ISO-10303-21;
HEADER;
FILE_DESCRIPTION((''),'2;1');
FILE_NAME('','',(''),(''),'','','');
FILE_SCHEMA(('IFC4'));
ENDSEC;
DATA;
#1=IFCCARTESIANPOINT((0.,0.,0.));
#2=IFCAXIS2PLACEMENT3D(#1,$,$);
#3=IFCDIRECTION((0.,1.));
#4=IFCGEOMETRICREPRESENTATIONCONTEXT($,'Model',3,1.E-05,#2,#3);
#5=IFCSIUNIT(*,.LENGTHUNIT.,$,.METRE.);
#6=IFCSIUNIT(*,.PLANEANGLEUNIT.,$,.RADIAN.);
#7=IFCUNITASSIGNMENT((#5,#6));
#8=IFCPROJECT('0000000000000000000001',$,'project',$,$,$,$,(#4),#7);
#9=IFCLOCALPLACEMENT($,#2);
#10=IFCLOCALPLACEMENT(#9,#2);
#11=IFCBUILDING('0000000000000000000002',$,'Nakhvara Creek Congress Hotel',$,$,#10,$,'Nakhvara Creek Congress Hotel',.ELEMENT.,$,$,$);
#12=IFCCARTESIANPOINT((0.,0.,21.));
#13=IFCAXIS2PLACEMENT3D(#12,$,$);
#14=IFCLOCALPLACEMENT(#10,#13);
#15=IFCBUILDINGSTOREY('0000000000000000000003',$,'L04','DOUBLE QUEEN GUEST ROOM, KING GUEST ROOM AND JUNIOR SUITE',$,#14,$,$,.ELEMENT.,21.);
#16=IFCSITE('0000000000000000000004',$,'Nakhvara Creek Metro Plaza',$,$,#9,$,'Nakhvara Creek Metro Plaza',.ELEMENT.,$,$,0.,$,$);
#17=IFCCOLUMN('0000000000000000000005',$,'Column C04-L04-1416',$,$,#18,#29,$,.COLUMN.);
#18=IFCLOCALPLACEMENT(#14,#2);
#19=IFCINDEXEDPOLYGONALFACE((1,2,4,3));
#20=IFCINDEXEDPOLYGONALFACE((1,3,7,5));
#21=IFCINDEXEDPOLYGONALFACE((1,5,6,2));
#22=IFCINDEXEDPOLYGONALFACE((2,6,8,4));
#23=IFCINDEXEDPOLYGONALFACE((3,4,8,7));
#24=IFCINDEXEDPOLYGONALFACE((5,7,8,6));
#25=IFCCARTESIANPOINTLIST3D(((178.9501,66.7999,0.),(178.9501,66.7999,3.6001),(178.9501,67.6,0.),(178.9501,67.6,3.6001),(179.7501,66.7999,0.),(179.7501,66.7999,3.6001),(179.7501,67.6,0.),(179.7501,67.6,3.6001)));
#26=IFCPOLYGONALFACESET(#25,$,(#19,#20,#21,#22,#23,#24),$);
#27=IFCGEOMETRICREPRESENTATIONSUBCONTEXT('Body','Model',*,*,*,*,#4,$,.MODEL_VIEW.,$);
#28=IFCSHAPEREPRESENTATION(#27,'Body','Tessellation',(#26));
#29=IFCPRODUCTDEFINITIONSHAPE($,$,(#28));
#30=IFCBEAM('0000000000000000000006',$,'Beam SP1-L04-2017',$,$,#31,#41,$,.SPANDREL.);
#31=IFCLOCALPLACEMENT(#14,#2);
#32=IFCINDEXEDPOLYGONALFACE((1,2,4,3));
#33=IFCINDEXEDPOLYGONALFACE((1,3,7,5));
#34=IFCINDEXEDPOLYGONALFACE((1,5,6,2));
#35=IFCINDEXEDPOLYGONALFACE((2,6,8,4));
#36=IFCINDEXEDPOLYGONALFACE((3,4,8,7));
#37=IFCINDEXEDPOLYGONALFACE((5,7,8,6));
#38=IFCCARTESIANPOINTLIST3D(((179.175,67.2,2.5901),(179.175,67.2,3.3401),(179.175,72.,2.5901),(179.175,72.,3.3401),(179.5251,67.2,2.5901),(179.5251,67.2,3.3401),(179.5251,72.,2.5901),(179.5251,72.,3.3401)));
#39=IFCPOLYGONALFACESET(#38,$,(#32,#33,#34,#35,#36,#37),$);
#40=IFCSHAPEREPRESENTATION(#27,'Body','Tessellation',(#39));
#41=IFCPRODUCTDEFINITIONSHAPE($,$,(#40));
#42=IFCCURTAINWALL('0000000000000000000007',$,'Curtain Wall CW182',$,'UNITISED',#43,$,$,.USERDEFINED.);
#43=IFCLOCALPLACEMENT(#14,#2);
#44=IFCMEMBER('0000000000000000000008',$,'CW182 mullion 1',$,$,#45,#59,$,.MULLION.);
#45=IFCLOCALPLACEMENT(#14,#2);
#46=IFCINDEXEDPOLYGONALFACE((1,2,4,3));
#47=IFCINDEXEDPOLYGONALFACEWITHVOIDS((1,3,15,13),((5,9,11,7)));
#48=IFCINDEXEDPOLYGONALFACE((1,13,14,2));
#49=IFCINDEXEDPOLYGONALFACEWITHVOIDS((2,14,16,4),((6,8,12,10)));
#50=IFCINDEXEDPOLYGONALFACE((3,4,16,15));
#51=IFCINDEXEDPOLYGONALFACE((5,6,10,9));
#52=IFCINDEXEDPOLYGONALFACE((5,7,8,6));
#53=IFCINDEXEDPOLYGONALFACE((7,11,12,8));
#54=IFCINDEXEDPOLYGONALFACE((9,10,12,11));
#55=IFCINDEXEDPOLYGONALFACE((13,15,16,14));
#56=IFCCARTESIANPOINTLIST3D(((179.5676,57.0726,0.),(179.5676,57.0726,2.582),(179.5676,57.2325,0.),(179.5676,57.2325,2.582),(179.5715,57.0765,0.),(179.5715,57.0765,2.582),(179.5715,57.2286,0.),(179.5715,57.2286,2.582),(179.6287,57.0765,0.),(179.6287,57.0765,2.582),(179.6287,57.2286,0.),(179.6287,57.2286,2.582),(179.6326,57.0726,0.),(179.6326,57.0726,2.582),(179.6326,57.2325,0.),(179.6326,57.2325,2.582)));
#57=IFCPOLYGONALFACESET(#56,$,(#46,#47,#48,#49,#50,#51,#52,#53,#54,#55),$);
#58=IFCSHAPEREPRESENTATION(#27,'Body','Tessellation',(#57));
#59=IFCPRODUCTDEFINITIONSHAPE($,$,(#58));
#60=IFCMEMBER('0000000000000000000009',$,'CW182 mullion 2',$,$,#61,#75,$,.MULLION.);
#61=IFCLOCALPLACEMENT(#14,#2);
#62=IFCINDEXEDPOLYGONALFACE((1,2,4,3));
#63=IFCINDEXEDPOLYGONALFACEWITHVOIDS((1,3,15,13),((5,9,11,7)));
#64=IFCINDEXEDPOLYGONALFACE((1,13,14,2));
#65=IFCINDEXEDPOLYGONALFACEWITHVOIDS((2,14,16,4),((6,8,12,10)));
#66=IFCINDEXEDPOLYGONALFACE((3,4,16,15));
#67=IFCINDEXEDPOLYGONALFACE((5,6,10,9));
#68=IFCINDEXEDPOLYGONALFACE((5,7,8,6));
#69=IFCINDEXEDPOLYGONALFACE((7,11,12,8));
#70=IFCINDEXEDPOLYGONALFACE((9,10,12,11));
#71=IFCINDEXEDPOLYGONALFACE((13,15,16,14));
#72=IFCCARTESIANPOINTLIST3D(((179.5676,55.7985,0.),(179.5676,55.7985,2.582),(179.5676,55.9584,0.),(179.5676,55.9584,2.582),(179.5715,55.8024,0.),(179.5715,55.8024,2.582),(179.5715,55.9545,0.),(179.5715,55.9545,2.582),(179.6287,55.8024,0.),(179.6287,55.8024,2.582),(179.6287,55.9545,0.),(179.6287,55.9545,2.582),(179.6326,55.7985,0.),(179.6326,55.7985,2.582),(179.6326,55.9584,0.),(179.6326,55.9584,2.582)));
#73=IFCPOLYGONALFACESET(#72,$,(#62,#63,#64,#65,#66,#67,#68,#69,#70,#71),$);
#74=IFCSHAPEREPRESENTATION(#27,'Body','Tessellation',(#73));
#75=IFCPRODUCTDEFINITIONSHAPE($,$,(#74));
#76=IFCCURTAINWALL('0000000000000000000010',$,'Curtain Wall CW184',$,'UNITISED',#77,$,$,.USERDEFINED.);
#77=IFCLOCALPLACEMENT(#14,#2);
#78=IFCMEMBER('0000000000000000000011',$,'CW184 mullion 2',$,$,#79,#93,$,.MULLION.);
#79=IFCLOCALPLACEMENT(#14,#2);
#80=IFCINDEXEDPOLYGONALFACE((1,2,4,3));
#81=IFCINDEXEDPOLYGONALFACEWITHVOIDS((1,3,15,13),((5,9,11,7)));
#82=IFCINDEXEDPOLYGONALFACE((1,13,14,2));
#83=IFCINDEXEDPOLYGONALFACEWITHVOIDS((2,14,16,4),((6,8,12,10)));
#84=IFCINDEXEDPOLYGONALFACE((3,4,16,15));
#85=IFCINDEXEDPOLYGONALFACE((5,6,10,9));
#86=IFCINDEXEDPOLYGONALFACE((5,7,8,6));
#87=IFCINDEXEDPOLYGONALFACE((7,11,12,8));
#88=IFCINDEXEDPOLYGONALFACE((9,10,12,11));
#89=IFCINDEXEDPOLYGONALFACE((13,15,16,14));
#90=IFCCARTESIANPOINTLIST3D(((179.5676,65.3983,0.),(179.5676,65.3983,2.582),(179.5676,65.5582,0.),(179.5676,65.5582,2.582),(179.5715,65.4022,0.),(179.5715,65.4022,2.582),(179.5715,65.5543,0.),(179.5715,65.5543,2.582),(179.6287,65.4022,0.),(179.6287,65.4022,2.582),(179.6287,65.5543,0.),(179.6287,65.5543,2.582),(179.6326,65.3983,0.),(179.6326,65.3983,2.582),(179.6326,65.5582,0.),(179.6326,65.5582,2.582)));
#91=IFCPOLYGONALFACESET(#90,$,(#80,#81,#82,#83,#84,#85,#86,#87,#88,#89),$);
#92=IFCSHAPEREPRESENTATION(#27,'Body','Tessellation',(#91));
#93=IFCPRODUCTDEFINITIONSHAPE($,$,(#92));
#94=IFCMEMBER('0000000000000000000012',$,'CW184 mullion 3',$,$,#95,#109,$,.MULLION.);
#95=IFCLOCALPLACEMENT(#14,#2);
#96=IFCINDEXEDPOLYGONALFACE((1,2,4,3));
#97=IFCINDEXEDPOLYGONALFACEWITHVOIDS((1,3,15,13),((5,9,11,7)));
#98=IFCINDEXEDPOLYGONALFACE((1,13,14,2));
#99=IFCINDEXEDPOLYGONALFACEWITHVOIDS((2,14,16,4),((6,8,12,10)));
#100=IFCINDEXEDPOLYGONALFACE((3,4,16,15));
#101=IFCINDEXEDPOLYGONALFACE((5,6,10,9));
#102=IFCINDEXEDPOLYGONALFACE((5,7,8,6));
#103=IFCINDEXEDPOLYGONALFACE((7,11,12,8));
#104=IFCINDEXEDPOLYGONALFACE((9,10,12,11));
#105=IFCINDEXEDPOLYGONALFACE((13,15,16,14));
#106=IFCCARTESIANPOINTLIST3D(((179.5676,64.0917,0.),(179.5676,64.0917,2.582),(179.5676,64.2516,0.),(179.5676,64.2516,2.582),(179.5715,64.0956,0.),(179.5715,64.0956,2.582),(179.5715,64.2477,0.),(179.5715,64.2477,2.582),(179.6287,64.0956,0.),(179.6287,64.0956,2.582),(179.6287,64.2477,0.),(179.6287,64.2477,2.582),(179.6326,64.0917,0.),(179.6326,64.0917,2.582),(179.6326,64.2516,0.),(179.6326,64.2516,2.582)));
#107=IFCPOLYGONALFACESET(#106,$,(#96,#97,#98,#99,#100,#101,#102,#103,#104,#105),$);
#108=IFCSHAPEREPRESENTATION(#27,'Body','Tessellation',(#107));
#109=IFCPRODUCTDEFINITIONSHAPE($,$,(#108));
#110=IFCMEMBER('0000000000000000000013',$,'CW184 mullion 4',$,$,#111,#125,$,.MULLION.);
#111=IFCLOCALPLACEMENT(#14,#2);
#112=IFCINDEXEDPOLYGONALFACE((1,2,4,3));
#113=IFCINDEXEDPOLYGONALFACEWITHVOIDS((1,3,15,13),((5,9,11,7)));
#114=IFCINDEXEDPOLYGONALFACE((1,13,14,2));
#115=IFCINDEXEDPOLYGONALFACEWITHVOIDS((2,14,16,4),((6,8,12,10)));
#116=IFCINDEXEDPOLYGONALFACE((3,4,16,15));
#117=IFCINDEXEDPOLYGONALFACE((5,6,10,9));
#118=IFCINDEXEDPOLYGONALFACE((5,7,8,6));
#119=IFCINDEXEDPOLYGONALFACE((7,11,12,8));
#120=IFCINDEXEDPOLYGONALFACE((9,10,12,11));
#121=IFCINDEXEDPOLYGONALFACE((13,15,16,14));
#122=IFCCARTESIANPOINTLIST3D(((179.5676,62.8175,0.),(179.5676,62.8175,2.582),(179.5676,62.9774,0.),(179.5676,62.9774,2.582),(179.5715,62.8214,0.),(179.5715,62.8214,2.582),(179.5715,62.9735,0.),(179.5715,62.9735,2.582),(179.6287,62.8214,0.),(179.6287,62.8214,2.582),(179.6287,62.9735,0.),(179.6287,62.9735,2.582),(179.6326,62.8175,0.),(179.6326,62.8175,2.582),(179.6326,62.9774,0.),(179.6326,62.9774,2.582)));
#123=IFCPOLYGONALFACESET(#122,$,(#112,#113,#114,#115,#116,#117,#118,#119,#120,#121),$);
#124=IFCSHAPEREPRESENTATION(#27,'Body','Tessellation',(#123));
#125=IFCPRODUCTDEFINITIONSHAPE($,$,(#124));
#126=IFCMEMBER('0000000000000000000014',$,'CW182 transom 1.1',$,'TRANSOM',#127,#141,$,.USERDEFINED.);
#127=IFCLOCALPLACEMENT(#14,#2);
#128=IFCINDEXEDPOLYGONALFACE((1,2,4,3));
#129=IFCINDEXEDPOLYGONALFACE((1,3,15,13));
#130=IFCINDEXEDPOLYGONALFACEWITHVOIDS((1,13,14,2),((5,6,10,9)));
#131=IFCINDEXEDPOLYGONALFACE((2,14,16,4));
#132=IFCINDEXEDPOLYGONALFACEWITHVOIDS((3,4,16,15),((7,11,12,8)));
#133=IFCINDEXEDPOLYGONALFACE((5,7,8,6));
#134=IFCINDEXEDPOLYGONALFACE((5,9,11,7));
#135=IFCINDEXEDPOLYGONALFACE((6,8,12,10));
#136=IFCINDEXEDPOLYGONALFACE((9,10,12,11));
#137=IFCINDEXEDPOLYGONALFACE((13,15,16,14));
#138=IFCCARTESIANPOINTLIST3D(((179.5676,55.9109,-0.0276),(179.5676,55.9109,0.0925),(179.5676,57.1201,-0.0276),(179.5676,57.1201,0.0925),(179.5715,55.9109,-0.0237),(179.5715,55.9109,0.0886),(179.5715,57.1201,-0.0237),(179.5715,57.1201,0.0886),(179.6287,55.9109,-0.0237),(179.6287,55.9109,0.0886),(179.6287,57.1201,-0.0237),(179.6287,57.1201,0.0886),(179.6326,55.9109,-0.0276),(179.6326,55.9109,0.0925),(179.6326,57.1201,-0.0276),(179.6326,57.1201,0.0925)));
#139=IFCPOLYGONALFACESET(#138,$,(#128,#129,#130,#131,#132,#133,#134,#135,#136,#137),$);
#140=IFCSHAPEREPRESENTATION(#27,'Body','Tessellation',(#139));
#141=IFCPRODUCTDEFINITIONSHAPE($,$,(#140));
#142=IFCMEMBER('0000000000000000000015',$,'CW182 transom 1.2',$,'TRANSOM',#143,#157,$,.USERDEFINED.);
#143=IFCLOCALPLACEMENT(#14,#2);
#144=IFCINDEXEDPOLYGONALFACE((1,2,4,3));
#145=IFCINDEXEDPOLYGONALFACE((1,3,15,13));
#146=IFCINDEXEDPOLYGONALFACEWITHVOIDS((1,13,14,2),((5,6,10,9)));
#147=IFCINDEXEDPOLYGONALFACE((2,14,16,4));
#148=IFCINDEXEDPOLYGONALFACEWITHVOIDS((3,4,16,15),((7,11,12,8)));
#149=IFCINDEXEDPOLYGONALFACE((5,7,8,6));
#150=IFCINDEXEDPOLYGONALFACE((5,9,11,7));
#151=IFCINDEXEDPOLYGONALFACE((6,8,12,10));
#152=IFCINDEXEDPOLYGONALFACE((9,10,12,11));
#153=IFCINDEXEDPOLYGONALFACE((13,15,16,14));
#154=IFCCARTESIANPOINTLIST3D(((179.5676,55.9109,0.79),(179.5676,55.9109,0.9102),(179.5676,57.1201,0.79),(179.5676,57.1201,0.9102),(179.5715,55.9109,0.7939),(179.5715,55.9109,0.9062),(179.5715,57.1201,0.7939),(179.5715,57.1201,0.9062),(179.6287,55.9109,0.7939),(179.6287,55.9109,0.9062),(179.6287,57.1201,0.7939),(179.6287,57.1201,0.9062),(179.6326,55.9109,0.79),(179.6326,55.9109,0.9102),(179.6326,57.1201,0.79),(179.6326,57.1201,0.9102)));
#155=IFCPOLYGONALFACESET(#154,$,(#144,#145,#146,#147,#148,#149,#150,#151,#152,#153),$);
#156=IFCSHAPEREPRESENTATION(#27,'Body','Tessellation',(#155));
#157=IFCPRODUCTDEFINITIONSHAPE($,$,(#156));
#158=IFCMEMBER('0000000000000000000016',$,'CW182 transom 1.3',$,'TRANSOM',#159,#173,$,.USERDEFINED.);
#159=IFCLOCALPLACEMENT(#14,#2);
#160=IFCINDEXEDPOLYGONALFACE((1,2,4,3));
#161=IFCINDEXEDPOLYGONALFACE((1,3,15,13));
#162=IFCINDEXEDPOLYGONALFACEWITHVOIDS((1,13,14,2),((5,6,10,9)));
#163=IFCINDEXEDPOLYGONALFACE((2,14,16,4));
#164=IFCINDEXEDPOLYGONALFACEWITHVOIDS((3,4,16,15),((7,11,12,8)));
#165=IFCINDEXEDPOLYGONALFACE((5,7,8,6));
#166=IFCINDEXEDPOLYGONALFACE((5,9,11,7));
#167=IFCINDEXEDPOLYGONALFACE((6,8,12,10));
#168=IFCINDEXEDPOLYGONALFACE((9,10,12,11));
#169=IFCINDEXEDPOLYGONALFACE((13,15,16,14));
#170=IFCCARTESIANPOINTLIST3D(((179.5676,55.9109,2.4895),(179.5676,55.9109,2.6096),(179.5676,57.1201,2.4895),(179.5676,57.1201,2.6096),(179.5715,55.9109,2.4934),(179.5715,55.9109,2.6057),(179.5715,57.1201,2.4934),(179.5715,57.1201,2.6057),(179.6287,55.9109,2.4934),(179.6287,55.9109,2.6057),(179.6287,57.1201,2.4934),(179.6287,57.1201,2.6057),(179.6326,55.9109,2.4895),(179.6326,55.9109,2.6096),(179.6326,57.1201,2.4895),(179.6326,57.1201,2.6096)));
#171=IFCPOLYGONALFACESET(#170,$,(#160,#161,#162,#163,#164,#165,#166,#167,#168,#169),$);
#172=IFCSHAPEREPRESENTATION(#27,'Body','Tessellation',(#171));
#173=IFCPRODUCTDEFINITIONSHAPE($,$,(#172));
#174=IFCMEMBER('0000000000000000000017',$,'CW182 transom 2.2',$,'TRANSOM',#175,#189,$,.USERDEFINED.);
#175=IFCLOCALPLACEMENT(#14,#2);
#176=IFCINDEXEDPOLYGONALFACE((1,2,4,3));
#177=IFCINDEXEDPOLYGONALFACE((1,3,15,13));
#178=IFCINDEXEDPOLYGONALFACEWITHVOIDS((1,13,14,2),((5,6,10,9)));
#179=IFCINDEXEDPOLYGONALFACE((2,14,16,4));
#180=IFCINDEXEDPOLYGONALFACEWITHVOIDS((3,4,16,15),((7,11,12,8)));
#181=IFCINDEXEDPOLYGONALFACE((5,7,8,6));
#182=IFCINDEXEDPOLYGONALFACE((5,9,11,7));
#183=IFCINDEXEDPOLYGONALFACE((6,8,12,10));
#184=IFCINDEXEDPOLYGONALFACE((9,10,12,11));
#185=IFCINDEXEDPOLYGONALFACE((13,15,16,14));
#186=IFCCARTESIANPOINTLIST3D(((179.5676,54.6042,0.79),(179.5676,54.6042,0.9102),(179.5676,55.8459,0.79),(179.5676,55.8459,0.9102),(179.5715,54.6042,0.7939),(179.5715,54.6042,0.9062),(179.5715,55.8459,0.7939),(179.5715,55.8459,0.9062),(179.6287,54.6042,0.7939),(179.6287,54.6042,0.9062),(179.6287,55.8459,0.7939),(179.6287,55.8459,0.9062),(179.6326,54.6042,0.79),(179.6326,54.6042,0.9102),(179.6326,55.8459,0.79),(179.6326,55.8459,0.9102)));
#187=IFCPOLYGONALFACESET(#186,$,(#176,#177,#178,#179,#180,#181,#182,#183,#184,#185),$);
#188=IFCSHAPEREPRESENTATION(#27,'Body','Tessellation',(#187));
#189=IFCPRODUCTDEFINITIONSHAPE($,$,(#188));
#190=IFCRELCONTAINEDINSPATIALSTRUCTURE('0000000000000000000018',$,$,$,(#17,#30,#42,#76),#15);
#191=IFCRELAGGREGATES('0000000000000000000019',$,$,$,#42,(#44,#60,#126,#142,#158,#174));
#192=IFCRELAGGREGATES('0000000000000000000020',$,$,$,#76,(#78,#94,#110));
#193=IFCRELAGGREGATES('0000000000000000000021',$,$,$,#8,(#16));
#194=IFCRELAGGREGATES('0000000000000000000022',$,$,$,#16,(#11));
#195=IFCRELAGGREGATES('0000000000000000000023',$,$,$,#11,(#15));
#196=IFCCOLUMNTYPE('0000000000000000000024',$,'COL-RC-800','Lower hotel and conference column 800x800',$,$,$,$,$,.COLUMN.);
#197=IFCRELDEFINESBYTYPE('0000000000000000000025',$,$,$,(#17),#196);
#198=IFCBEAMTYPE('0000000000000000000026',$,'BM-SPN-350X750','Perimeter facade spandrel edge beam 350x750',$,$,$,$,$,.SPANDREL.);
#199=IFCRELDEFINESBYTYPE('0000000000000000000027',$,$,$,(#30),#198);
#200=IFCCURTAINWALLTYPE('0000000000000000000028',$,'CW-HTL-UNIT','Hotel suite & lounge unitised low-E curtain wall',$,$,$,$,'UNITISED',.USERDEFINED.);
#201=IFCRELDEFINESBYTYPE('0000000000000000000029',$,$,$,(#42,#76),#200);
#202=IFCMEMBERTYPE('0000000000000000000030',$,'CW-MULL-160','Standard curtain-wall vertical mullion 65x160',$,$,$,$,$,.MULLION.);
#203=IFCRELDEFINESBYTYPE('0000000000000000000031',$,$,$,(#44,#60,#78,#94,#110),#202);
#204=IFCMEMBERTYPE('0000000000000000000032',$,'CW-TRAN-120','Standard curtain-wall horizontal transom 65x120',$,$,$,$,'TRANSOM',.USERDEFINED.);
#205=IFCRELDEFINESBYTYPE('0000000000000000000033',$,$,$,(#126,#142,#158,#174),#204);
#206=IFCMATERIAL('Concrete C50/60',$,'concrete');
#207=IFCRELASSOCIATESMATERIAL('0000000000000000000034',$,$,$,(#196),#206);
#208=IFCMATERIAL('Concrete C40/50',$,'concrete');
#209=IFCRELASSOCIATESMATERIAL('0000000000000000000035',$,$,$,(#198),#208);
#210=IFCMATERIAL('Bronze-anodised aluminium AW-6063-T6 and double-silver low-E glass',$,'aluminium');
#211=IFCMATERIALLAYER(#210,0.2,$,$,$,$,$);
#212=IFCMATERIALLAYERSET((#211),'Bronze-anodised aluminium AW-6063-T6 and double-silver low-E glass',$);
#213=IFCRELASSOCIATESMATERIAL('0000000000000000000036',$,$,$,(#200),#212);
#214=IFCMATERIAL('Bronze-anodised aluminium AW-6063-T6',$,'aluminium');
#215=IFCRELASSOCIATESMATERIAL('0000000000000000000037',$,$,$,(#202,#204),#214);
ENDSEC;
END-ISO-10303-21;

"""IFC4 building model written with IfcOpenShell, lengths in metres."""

from ifc_helpers import new_model, si_unit, direction, frame, origin, origin_2d, place, context, subcontext, project, spatial, rectangle, hollow_rectangle, extrude, material, layer, layer_set, material_profile, profile_set, type_object, element, aggregate, save


model = new_model("IFC4")

# Units and contexts
model_context = context("Model", 3, precision=1e-05, world=origin(), true_north=direction((0.0, 1.0)))
body_context = subcontext(model_context, "Body", "Model", "MODEL_VIEW")
ifc_project = project(units=[si_unit("LENGTHUNIT", "METRE"), si_unit("PLANEANGLEUNIT", "RADIAN")], contexts=[model_context])

# Site, building, storey
site_placement = place(None, origin())
site = spatial("IfcSite", under=ifc_project, at=site_placement, Name="Nakhvara Creek Metro Plaza", LongName="Nakhvara Creek Metro Plaza", CompositionType="ELEMENT", RefElevation=0.0)
building_placement = place(site_placement, origin())
building = spatial("IfcBuilding", under=site, at=building_placement, Name="Nakhvara Creek Congress Hotel", LongName="Nakhvara Creek Congress Hotel", CompositionType="ELEMENT")
storey_placement = place(building_placement, frame((0.0, 0.0, 21.0)))
storey = spatial("IfcBuildingStorey", under=building, at=storey_placement, Name="L04", Description="DOUBLE QUEEN GUEST ROOM, KING GUEST ROOM AND JUNIOR SUITE", CompositionType="ELEMENT", Elevation=21.0)

# Column
ifc_material_1 = material(Name="Concrete C50/60", Category="concrete")
ifc_material_profile_1 = material_profile(ifc_material_1, rectangle(XDim=0.8, YDim=0.8, at=origin_2d()), Name="RC-COL 800x800", Category="LoadBearing")
ifc_profile_set_1 = profile_set([ifc_material_profile_1], Name="Concrete C50/60")
column_type = type_object("IfcColumnType", Name="COL-RC-800", Description="Lower hotel and conference column 800x800", PredefinedType="COLUMN", material=ifc_profile_set_1)
column_placement = place(storey_placement, frame((179.3501, 67.2, 0.0), z_axis=(0.0, 0.0, 1.0), x_axis=(1.0, 0.0, 0.0)))
element("IfcColumn", 1, at=column_placement, inside=storey, type_object=column_type, Name="Column C04-L04-1416", PredefinedType="COLUMN", context=body_context, shape_type="SweptSolid", body=[
    extrude(rectangle(XDim=0.8, YDim=0.8, at=origin_2d()), origin(), (0.0, 0.0, 1.0), 3.6001),
])

# Beam
ifc_material_2 = material(Name="Concrete C40/50", Category="concrete")
ifc_material_profile_2 = material_profile(ifc_material_2, rectangle(XDim=0.3501, YDim=0.75, at=origin_2d()), Name="RC-SPANDREL 350x750", Category="LoadBearing")
ifc_profile_set_2 = profile_set([ifc_material_profile_2], Name="Concrete C40/50")
beam_type = type_object("IfcBeamType", Name="BM-SPN-350X750", Description="Perimeter facade spandrel edge beam 350x750", PredefinedType="SPANDREL", material=ifc_profile_set_2)
beam_placement = place(storey_placement, frame((179.3501, 67.2, 2.9651), z_axis=(0.0, 1.0, 0.0), x_axis=(-1.0, 0.0, 0.0)))
element("IfcBeam", 2, at=beam_placement, inside=storey, type_object=beam_type, Name="Beam SP1-L04-2017", PredefinedType="SPANDREL", context=body_context, shape_type="SweptSolid", body=[
    extrude(rectangle(XDim=0.3501, YDim=0.75, at=origin_2d()), origin(), (0.0, 0.0, 1.0), 4.8),
])

# Curtain walls, members
ifc_material_3 = material(Name="Bronze-anodised aluminium AW-6063-T6 and double-silver low-E glass", Category="aluminium")
ifc_layer_1 = layer(ifc_material_3, 0.2)
ifc_layer_set_1 = layer_set([ifc_layer_1], Name="Bronze-anodised aluminium AW-6063-T6 and double-silver low-E glass")
curtain_wall_type = type_object("IfcCurtainWallType", Name="CW-HTL-UNIT", Description="Hotel suite & lounge unitised low-E curtain wall", ElementType="UNITISED", PredefinedType="USERDEFINED", material=ifc_layer_set_1)
curtain_wall_1_placement = place(storey_placement, origin())
curtain_wall_1 = element("IfcCurtainWall", 3, at=curtain_wall_1_placement, inside=storey, type_object=curtain_wall_type, Name="Curtain Wall CW182", ObjectType="UNITISED", PredefinedType="USERDEFINED")
ifc_material_4 = material(Name="Bronze-anodised aluminium AW-6063-T6", Category="aluminium")
ifc_material_profile_3 = material_profile(ifc_material_4, hollow_rectangle(XDim=0.0649, YDim=0.1599, WallThickness=0.0039, at=origin_2d()), Name="ALU-MULL 65x160x4", Category="LoadBearing")
ifc_profile_set_3 = profile_set([ifc_material_profile_3], Name="Bronze-anodised aluminium AW-6063-T6")
member_type_1 = type_object("IfcMemberType", Name="CW-MULL-160", Description="Standard curtain-wall vertical mullion 65x160", PredefinedType="MULLION", material=ifc_profile_set_3)
member_1_placement = place(storey_placement, frame((179.6001, 57.1526, 0.0), z_axis=(0.0, 0.0, 1.0), x_axis=(1.0, 0.0, 0.0)))
member_1 = element("IfcMember", 4, at=member_1_placement, type_object=member_type_1, Name="CW182 mullion 1", PredefinedType="MULLION", context=body_context, shape_type="SweptSolid", body=[
    extrude(hollow_rectangle(XDim=0.0649, YDim=0.1599, WallThickness=0.0039, at=origin_2d()), origin(), (0.0, 0.0, 1.0), 2.582),
])
member_2_placement = place(storey_placement, frame((179.6001, 55.8784, 0.0), z_axis=(0.0, 0.0, 1.0), x_axis=(1.0, 0.0, 0.0)))
member_2 = element("IfcMember", 5, at=member_2_placement, type_object=member_type_1, Name="CW182 mullion 2", PredefinedType="MULLION", context=body_context, shape_type="SweptSolid", body=[
    extrude(hollow_rectangle(XDim=0.0649, YDim=0.1599, WallThickness=0.0039, at=origin_2d()), origin(), (0.0, 0.0, 1.0), 2.582),
])
curtain_wall_2_placement = place(storey_placement, origin())
curtain_wall_2 = element("IfcCurtainWall", 6, at=curtain_wall_2_placement, inside=storey, type_object=curtain_wall_type, Name="Curtain Wall CW184", ObjectType="UNITISED", PredefinedType="USERDEFINED")
member_3_placement = place(storey_placement, frame((179.6001, 65.4783, 0.0), z_axis=(0.0, 0.0, 1.0), x_axis=(1.0, 0.0, 0.0)))
member_3 = element("IfcMember", 7, at=member_3_placement, type_object=member_type_1, Name="CW184 mullion 2", PredefinedType="MULLION", context=body_context, shape_type="SweptSolid", body=[
    extrude(hollow_rectangle(XDim=0.0649, YDim=0.1599, WallThickness=0.0039, at=origin_2d()), origin(), (0.0, 0.0, 1.0), 2.582),
])
member_4_placement = place(storey_placement, frame((179.6001, 64.1716, 0.0), z_axis=(0.0, 0.0, 1.0), x_axis=(1.0, 0.0, 0.0)))
member_4 = element("IfcMember", 8, at=member_4_placement, type_object=member_type_1, Name="CW184 mullion 3", PredefinedType="MULLION", context=body_context, shape_type="SweptSolid", body=[
    extrude(hollow_rectangle(XDim=0.0649, YDim=0.1599, WallThickness=0.0039, at=origin_2d()), origin(), (0.0, 0.0, 1.0), 2.582),
])
member_5_placement = place(storey_placement, frame((179.6001, 62.8975, 0.0), z_axis=(0.0, 0.0, 1.0), x_axis=(1.0, 0.0, 0.0)))
member_5 = element("IfcMember", 9, at=member_5_placement, type_object=member_type_1, Name="CW184 mullion 4", PredefinedType="MULLION", context=body_context, shape_type="SweptSolid", body=[
    extrude(hollow_rectangle(XDim=0.0649, YDim=0.1599, WallThickness=0.0039, at=origin_2d()), origin(), (0.0, 0.0, 1.0), 2.582),
])

# Members
ifc_material_profile_4 = material_profile(ifc_material_4, hollow_rectangle(XDim=0.0649, YDim=0.1201, WallThickness=0.0039, at=origin_2d()), Name="ALU-TRAN 65x120x4", Category="LoadBearing")
ifc_profile_set_4 = profile_set([ifc_material_profile_4], Name="Bronze-anodised aluminium AW-6063-T6")
member_type_2 = type_object("IfcMemberType", Name="CW-TRAN-120", Description="Standard curtain-wall horizontal transom 65x120", ElementType="TRANSOM", PredefinedType="USERDEFINED", material=ifc_profile_set_4)
member_6_placement = place(storey_placement, frame((179.6001, 57.1201, 0.0325), z_axis=(0.0, -1.0, 0.0), x_axis=(1.0, 0.0, 0.0)))
member_6 = element("IfcMember", 10, at=member_6_placement, type_object=member_type_2, Name="CW182 transom 1.1", ObjectType="TRANSOM", PredefinedType="USERDEFINED", context=body_context, shape_type="SweptSolid", body=[
    extrude(hollow_rectangle(XDim=0.0649, YDim=0.1201, WallThickness=0.0039, at=origin_2d()), origin(), (0.0, 0.0, 1.0), 1.2092),
])
member_7_placement = place(storey_placement, frame((179.6001, 57.1201, 0.8501), z_axis=(0.0, -1.0, 0.0), x_axis=(1.0, 0.0, 0.0)))
member_7 = element("IfcMember", 11, at=member_7_placement, type_object=member_type_2, Name="CW182 transom 1.2", ObjectType="TRANSOM", PredefinedType="USERDEFINED", context=body_context, shape_type="SweptSolid", body=[
    extrude(hollow_rectangle(XDim=0.0649, YDim=0.1201, WallThickness=0.0039, at=origin_2d()), origin(), (0.0, 0.0, 1.0), 1.2092),
])
member_8_placement = place(storey_placement, frame((179.6001, 57.1201, 2.5496), z_axis=(0.0, -1.0, 0.0), x_axis=(1.0, 0.0, 0.0)))
member_8 = element("IfcMember", 12, at=member_8_placement, type_object=member_type_2, Name="CW182 transom 1.3", ObjectType="TRANSOM", PredefinedType="USERDEFINED", context=body_context, shape_type="SweptSolid", body=[
    extrude(hollow_rectangle(XDim=0.0649, YDim=0.1201, WallThickness=0.0039, at=origin_2d()), origin(), (0.0, 0.0, 1.0), 1.2092),
])
member_9_placement = place(storey_placement, frame((179.6001, 55.8459, 0.8501), z_axis=(0.0, -1.0, 0.0), x_axis=(1.0, 0.0, 0.0)))
member_9 = element("IfcMember", 13, at=member_9_placement, type_object=member_type_2, Name="CW182 transom 2.2", ObjectType="TRANSOM", PredefinedType="USERDEFINED", context=body_context, shape_type="SweptSolid", body=[
    extrude(hollow_rectangle(XDim=0.0649, YDim=0.1201, WallThickness=0.0039, at=origin_2d()), origin(), (0.0, 0.0, 1.0), 1.2417),
])

aggregate(curtain_wall_1, [member_1, member_2, member_6, member_7, member_8, member_9])
aggregate(curtain_wall_2, [member_3, member_4, member_5])

save(model, "model.ifc")
